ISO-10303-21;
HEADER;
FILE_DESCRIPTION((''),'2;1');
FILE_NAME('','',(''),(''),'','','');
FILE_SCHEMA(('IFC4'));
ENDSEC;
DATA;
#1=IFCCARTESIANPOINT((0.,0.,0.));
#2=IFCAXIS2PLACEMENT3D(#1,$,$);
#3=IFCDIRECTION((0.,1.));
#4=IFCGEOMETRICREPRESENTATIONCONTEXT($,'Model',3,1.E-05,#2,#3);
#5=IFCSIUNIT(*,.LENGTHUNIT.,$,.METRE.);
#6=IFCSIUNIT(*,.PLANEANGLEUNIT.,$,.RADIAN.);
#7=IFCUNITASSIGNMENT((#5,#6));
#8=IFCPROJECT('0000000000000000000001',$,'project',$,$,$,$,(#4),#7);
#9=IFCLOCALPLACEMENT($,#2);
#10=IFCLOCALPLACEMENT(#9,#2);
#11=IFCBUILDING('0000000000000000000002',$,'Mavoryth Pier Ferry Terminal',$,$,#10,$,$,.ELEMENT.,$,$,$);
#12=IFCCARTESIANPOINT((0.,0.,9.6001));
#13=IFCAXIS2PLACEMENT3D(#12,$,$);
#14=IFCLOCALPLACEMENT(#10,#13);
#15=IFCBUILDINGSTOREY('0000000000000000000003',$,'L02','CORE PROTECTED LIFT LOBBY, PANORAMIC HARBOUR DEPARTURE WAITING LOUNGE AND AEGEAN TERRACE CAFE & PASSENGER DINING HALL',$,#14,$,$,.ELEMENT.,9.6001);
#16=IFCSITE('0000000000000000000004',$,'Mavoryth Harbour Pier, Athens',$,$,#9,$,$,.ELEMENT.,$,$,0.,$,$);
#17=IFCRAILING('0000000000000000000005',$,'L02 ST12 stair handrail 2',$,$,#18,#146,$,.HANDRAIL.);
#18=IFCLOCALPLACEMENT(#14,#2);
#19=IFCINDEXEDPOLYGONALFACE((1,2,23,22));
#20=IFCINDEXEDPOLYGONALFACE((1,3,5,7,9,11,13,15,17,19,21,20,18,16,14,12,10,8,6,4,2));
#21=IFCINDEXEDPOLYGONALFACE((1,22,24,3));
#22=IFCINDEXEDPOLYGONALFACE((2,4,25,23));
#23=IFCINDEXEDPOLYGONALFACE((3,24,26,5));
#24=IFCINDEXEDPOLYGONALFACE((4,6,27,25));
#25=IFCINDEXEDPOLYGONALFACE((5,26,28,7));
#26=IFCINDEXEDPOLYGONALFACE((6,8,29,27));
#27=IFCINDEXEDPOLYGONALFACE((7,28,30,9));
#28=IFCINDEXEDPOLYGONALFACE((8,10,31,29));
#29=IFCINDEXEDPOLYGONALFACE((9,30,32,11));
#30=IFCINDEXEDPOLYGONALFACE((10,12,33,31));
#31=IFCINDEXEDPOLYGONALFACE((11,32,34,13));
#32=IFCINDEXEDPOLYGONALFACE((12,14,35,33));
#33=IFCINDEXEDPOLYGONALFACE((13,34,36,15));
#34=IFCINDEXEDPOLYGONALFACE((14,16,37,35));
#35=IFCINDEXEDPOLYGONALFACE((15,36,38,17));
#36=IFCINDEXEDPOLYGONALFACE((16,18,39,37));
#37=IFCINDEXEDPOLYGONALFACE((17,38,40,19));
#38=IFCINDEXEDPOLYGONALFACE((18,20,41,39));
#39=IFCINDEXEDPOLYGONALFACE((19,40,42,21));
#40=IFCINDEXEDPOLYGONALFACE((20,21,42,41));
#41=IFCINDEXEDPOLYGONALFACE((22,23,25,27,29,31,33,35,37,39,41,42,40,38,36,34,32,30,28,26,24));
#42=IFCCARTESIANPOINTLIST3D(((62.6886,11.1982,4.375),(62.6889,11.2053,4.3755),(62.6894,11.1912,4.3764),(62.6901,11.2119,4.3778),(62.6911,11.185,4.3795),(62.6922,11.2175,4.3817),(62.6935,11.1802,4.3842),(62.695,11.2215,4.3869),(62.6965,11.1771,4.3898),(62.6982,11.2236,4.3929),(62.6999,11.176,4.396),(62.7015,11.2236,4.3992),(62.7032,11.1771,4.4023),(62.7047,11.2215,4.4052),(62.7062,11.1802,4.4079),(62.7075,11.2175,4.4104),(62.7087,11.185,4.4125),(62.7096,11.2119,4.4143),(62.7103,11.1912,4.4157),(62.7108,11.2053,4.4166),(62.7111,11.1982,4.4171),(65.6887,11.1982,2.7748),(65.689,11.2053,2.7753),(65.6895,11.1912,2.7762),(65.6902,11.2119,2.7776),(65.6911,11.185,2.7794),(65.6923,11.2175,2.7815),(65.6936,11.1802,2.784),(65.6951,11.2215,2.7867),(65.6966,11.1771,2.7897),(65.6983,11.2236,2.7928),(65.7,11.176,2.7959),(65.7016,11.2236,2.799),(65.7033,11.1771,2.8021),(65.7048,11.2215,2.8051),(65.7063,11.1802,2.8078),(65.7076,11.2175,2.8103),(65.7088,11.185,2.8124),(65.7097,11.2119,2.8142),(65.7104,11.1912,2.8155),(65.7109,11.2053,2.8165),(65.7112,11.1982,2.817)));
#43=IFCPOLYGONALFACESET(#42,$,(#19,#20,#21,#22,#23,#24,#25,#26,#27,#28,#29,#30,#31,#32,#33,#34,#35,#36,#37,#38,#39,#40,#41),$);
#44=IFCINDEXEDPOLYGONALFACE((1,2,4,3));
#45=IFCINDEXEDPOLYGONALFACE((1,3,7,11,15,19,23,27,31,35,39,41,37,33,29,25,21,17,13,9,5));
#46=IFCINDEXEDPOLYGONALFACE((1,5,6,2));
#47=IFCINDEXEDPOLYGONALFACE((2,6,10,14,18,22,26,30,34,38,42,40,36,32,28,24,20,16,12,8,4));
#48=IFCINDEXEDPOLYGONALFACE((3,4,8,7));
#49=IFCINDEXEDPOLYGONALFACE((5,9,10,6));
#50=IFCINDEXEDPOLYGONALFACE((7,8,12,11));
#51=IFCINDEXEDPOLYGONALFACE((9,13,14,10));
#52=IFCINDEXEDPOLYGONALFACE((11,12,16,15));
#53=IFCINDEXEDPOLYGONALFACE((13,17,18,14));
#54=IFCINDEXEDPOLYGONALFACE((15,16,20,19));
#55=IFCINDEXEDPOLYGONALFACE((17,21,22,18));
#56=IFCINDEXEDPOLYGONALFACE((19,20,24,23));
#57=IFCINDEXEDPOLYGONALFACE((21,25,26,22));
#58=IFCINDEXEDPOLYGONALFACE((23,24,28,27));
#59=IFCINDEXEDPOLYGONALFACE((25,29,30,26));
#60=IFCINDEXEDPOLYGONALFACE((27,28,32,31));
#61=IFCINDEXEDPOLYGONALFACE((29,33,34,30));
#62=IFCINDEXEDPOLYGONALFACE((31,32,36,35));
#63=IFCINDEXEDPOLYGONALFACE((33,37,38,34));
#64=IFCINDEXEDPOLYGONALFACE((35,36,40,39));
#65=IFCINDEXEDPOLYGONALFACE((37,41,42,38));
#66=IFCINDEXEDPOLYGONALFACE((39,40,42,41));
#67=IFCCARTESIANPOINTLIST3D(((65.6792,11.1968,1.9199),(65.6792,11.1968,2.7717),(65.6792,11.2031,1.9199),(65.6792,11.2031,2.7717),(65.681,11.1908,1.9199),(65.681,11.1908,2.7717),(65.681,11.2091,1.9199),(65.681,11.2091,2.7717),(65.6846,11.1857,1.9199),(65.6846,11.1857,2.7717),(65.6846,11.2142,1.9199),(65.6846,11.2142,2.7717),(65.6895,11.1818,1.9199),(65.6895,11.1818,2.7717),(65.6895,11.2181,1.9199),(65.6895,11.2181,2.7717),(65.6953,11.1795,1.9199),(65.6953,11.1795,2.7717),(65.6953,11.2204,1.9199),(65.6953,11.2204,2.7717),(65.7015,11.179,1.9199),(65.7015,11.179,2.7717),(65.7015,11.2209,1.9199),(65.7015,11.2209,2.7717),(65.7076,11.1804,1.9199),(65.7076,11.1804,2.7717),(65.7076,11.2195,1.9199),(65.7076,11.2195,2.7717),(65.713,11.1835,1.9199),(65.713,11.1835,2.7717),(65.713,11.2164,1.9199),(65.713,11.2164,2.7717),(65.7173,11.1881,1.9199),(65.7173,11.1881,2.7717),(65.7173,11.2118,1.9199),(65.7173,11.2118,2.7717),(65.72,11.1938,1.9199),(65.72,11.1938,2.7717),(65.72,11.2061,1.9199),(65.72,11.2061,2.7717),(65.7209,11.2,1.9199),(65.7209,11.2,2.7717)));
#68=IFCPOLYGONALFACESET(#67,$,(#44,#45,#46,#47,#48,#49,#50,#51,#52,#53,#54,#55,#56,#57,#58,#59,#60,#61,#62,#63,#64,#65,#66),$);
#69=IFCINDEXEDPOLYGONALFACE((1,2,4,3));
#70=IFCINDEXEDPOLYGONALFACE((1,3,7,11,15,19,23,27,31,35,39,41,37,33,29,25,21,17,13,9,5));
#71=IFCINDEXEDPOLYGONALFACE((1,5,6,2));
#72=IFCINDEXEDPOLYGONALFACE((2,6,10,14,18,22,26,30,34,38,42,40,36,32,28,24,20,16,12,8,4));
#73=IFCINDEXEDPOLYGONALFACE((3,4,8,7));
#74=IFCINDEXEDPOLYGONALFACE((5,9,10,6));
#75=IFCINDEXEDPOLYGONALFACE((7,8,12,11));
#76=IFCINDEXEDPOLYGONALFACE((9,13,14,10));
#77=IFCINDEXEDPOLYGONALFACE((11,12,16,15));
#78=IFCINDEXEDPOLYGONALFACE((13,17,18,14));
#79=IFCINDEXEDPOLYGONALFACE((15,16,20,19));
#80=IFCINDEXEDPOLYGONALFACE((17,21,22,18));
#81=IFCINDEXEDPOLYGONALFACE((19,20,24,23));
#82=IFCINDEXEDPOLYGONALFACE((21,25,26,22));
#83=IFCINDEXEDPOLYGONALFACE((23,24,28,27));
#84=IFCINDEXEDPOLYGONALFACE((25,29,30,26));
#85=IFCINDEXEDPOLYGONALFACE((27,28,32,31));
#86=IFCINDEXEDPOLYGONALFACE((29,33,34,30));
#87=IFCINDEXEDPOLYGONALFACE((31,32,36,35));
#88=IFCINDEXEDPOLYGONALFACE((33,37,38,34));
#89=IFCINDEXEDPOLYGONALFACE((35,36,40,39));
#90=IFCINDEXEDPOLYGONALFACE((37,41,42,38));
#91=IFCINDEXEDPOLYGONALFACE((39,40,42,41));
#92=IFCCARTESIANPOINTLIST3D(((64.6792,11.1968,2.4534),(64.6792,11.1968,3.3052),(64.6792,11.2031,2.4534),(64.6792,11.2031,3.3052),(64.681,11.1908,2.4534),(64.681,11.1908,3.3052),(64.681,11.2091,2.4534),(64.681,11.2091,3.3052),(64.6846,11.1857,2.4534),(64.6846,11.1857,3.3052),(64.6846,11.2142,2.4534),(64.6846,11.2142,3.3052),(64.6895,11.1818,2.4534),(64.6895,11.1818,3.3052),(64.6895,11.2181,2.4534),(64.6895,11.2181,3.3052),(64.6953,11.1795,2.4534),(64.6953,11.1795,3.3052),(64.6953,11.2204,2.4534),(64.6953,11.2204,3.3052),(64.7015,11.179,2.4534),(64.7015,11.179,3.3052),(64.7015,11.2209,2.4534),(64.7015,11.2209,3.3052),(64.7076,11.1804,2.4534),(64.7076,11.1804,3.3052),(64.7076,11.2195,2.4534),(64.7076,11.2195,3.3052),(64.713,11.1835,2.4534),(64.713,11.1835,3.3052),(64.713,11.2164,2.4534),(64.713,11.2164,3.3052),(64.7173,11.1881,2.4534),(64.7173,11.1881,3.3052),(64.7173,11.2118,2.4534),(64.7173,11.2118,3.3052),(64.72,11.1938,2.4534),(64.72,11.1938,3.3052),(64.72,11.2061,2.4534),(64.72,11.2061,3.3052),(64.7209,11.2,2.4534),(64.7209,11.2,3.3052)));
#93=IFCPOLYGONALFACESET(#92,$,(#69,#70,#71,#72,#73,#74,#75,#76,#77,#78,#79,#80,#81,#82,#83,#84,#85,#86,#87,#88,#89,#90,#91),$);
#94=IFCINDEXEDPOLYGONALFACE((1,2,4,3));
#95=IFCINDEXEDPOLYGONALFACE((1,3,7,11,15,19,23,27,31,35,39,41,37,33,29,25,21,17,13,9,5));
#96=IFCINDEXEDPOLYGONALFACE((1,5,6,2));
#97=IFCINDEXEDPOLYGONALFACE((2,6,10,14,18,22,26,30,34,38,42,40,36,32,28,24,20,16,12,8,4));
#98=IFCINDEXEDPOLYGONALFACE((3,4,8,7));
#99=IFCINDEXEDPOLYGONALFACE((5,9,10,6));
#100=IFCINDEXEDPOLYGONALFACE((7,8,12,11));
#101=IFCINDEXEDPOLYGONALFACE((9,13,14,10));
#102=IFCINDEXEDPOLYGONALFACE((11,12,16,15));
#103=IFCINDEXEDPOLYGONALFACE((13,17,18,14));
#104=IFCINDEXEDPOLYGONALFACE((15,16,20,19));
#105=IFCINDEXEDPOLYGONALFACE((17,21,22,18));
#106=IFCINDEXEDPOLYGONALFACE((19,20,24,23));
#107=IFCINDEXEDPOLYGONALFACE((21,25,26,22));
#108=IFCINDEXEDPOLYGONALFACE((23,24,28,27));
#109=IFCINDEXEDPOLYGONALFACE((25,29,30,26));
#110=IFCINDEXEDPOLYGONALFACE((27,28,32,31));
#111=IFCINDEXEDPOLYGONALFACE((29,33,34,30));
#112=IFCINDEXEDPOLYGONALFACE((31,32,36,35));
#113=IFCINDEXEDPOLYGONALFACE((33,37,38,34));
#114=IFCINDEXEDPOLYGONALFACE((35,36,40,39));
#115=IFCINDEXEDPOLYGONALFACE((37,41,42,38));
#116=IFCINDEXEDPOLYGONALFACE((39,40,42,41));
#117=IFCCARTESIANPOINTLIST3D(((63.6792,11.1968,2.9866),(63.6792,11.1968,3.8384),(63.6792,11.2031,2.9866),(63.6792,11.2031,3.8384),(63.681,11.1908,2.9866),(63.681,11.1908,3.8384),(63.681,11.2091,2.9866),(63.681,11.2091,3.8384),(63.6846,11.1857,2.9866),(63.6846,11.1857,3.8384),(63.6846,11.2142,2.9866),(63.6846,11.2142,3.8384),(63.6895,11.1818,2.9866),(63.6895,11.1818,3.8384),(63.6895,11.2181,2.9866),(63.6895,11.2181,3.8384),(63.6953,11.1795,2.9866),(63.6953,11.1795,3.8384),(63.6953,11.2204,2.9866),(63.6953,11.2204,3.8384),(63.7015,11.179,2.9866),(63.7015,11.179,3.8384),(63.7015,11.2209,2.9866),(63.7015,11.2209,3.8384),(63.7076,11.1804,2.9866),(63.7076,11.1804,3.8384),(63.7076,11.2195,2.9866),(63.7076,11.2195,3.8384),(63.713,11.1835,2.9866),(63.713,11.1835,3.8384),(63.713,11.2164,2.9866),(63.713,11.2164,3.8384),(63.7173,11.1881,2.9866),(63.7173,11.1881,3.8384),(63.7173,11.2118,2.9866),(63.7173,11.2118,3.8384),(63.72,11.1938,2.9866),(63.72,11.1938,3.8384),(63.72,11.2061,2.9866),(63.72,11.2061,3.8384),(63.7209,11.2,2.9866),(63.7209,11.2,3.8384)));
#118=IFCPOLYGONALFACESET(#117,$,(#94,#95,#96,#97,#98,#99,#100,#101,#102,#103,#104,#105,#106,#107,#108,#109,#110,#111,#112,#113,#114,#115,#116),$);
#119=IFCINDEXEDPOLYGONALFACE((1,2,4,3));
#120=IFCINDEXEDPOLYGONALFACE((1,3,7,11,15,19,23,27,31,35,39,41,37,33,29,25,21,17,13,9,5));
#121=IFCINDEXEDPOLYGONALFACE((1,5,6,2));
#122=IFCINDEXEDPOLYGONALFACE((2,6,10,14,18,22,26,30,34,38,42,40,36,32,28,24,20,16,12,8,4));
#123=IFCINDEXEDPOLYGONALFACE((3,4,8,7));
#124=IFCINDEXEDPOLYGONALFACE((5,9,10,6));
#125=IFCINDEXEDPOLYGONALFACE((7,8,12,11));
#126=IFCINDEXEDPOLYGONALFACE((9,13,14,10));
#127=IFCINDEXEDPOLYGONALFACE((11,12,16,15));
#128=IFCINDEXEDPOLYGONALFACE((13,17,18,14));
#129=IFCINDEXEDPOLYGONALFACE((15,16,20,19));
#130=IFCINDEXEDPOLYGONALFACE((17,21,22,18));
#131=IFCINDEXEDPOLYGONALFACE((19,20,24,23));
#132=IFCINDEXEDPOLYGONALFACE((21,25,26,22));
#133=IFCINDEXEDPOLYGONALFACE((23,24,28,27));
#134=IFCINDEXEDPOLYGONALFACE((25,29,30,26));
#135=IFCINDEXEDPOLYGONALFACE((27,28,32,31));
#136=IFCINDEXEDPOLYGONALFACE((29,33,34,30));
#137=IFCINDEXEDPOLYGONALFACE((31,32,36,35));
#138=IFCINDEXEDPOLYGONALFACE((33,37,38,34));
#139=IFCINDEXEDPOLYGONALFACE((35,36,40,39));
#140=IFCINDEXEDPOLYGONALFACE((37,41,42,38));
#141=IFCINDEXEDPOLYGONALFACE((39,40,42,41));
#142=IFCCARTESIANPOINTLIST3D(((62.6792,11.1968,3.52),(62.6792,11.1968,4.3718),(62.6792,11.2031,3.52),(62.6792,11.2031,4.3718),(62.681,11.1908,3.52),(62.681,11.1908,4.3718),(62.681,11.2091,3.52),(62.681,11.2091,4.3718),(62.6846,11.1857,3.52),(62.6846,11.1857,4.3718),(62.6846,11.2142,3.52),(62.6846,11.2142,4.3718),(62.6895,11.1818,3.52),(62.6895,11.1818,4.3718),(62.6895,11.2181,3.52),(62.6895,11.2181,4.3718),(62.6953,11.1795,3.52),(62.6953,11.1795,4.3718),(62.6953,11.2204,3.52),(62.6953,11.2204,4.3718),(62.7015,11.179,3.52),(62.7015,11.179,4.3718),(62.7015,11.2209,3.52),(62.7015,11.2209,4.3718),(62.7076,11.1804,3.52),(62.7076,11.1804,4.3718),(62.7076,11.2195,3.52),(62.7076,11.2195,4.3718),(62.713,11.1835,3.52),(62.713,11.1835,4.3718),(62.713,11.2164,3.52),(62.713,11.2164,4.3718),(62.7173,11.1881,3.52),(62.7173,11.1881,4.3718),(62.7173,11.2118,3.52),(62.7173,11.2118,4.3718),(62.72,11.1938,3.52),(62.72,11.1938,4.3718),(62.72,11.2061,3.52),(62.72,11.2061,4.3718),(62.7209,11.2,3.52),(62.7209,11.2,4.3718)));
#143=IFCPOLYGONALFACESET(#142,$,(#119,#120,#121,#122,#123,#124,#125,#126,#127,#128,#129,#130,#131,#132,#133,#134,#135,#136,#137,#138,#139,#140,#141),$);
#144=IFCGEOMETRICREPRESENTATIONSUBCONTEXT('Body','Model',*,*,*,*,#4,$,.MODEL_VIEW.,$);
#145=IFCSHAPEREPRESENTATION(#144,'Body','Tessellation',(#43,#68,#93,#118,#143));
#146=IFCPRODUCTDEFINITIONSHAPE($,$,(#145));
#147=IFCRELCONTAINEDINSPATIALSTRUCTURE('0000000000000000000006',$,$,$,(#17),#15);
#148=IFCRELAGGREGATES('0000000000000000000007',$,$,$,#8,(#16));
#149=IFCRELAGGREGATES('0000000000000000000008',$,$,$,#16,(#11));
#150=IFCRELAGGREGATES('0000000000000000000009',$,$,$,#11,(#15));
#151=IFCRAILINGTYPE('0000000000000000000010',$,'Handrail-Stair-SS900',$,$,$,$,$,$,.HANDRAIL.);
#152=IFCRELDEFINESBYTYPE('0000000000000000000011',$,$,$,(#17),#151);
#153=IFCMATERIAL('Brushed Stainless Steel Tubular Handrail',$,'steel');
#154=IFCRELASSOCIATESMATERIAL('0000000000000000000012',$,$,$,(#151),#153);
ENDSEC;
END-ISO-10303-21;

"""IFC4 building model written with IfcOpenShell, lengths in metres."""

from ifc_helpers import new_model, si_unit, direction, frame, origin, origin_2d, place, context, subcontext, project, spatial, circle, extrude, material, type_object, element, save


model = new_model("IFC4")

# Units and contexts
model_context = context("Model", 3, precision=1e-05, world=origin(), true_north=direction((0.0, 1.0)))
body_context = subcontext(model_context, "Body", "Model", "MODEL_VIEW")
ifc_project = project(units=[si_unit("LENGTHUNIT", "METRE"), si_unit("PLANEANGLEUNIT", "RADIAN")], contexts=[model_context])

# Site, building, storey
site_placement = place(None, origin())
site = spatial("IfcSite", under=ifc_project, at=site_placement, Name="Mavoryth Harbour Pier, Athens", CompositionType="ELEMENT", RefElevation=0.0)
building_placement = place(site_placement, origin())
building = spatial("IfcBuilding", under=site, at=building_placement, Name="Mavoryth Pier Ferry Terminal", CompositionType="ELEMENT")
storey_placement = place(building_placement, frame((0.0, 0.0, 9.6001)))
storey = spatial("IfcBuildingStorey", under=building, at=storey_placement, Name="L02", Description="CORE PROTECTED LIFT LOBBY, PANORAMIC HARBOUR DEPARTURE WAITING LOUNGE AND AEGEAN TERRACE CAFE & PASSENGER DINING HALL", CompositionType="ELEMENT", Elevation=9.6001)

# Railing
ifc_material_1 = material(Name="Brushed Stainless Steel Tubular Handrail", Category="steel")
railing_type_1 = type_object("IfcRailingType", Name="Handrail-Stair-SS900", PredefinedType="HANDRAIL", material=ifc_material_1)
railing_1_placement = place(storey_placement, frame((65.7, 11.2, 1.9199)))
element("IfcRailing", 1, at=railing_1_placement, inside=storey, type_object=railing_type_1, Name="L02 ST12 stair handrail 2", PredefinedType="HANDRAIL", context=body_context, shape_type="SweptSolid", body=[
    extrude(circle(Radius=0.0239, at=origin_2d()), frame((0.0, 0.0, 0.876), z_axis=(-0.882341, 0.0, 0.470611), x_axis=(0.0, -1.0, 0.0)), (0.0, 0.0, 1.0), 3.4001),
    extrude(circle(Radius=0.021, at=origin_2d()), origin(), (0.0, 0.0, 1.0), 0.8518),
    extrude(circle(Radius=0.021, at=origin_2d()), frame((-1.0, 0.0, 0.5334)), (0.0, 0.0, 1.0), 0.8518),
    extrude(circle(Radius=0.021, at=origin_2d()), frame((-2.0, 0.0, 1.0667)), (0.0, 0.0, 1.0), 0.8518),
    extrude(circle(Radius=0.021, at=origin_2d()), frame((-3.0, 0.0, 1.6001)), (0.0, 0.0, 1.0), 0.8518),
])

save(model, "model.ifc")
